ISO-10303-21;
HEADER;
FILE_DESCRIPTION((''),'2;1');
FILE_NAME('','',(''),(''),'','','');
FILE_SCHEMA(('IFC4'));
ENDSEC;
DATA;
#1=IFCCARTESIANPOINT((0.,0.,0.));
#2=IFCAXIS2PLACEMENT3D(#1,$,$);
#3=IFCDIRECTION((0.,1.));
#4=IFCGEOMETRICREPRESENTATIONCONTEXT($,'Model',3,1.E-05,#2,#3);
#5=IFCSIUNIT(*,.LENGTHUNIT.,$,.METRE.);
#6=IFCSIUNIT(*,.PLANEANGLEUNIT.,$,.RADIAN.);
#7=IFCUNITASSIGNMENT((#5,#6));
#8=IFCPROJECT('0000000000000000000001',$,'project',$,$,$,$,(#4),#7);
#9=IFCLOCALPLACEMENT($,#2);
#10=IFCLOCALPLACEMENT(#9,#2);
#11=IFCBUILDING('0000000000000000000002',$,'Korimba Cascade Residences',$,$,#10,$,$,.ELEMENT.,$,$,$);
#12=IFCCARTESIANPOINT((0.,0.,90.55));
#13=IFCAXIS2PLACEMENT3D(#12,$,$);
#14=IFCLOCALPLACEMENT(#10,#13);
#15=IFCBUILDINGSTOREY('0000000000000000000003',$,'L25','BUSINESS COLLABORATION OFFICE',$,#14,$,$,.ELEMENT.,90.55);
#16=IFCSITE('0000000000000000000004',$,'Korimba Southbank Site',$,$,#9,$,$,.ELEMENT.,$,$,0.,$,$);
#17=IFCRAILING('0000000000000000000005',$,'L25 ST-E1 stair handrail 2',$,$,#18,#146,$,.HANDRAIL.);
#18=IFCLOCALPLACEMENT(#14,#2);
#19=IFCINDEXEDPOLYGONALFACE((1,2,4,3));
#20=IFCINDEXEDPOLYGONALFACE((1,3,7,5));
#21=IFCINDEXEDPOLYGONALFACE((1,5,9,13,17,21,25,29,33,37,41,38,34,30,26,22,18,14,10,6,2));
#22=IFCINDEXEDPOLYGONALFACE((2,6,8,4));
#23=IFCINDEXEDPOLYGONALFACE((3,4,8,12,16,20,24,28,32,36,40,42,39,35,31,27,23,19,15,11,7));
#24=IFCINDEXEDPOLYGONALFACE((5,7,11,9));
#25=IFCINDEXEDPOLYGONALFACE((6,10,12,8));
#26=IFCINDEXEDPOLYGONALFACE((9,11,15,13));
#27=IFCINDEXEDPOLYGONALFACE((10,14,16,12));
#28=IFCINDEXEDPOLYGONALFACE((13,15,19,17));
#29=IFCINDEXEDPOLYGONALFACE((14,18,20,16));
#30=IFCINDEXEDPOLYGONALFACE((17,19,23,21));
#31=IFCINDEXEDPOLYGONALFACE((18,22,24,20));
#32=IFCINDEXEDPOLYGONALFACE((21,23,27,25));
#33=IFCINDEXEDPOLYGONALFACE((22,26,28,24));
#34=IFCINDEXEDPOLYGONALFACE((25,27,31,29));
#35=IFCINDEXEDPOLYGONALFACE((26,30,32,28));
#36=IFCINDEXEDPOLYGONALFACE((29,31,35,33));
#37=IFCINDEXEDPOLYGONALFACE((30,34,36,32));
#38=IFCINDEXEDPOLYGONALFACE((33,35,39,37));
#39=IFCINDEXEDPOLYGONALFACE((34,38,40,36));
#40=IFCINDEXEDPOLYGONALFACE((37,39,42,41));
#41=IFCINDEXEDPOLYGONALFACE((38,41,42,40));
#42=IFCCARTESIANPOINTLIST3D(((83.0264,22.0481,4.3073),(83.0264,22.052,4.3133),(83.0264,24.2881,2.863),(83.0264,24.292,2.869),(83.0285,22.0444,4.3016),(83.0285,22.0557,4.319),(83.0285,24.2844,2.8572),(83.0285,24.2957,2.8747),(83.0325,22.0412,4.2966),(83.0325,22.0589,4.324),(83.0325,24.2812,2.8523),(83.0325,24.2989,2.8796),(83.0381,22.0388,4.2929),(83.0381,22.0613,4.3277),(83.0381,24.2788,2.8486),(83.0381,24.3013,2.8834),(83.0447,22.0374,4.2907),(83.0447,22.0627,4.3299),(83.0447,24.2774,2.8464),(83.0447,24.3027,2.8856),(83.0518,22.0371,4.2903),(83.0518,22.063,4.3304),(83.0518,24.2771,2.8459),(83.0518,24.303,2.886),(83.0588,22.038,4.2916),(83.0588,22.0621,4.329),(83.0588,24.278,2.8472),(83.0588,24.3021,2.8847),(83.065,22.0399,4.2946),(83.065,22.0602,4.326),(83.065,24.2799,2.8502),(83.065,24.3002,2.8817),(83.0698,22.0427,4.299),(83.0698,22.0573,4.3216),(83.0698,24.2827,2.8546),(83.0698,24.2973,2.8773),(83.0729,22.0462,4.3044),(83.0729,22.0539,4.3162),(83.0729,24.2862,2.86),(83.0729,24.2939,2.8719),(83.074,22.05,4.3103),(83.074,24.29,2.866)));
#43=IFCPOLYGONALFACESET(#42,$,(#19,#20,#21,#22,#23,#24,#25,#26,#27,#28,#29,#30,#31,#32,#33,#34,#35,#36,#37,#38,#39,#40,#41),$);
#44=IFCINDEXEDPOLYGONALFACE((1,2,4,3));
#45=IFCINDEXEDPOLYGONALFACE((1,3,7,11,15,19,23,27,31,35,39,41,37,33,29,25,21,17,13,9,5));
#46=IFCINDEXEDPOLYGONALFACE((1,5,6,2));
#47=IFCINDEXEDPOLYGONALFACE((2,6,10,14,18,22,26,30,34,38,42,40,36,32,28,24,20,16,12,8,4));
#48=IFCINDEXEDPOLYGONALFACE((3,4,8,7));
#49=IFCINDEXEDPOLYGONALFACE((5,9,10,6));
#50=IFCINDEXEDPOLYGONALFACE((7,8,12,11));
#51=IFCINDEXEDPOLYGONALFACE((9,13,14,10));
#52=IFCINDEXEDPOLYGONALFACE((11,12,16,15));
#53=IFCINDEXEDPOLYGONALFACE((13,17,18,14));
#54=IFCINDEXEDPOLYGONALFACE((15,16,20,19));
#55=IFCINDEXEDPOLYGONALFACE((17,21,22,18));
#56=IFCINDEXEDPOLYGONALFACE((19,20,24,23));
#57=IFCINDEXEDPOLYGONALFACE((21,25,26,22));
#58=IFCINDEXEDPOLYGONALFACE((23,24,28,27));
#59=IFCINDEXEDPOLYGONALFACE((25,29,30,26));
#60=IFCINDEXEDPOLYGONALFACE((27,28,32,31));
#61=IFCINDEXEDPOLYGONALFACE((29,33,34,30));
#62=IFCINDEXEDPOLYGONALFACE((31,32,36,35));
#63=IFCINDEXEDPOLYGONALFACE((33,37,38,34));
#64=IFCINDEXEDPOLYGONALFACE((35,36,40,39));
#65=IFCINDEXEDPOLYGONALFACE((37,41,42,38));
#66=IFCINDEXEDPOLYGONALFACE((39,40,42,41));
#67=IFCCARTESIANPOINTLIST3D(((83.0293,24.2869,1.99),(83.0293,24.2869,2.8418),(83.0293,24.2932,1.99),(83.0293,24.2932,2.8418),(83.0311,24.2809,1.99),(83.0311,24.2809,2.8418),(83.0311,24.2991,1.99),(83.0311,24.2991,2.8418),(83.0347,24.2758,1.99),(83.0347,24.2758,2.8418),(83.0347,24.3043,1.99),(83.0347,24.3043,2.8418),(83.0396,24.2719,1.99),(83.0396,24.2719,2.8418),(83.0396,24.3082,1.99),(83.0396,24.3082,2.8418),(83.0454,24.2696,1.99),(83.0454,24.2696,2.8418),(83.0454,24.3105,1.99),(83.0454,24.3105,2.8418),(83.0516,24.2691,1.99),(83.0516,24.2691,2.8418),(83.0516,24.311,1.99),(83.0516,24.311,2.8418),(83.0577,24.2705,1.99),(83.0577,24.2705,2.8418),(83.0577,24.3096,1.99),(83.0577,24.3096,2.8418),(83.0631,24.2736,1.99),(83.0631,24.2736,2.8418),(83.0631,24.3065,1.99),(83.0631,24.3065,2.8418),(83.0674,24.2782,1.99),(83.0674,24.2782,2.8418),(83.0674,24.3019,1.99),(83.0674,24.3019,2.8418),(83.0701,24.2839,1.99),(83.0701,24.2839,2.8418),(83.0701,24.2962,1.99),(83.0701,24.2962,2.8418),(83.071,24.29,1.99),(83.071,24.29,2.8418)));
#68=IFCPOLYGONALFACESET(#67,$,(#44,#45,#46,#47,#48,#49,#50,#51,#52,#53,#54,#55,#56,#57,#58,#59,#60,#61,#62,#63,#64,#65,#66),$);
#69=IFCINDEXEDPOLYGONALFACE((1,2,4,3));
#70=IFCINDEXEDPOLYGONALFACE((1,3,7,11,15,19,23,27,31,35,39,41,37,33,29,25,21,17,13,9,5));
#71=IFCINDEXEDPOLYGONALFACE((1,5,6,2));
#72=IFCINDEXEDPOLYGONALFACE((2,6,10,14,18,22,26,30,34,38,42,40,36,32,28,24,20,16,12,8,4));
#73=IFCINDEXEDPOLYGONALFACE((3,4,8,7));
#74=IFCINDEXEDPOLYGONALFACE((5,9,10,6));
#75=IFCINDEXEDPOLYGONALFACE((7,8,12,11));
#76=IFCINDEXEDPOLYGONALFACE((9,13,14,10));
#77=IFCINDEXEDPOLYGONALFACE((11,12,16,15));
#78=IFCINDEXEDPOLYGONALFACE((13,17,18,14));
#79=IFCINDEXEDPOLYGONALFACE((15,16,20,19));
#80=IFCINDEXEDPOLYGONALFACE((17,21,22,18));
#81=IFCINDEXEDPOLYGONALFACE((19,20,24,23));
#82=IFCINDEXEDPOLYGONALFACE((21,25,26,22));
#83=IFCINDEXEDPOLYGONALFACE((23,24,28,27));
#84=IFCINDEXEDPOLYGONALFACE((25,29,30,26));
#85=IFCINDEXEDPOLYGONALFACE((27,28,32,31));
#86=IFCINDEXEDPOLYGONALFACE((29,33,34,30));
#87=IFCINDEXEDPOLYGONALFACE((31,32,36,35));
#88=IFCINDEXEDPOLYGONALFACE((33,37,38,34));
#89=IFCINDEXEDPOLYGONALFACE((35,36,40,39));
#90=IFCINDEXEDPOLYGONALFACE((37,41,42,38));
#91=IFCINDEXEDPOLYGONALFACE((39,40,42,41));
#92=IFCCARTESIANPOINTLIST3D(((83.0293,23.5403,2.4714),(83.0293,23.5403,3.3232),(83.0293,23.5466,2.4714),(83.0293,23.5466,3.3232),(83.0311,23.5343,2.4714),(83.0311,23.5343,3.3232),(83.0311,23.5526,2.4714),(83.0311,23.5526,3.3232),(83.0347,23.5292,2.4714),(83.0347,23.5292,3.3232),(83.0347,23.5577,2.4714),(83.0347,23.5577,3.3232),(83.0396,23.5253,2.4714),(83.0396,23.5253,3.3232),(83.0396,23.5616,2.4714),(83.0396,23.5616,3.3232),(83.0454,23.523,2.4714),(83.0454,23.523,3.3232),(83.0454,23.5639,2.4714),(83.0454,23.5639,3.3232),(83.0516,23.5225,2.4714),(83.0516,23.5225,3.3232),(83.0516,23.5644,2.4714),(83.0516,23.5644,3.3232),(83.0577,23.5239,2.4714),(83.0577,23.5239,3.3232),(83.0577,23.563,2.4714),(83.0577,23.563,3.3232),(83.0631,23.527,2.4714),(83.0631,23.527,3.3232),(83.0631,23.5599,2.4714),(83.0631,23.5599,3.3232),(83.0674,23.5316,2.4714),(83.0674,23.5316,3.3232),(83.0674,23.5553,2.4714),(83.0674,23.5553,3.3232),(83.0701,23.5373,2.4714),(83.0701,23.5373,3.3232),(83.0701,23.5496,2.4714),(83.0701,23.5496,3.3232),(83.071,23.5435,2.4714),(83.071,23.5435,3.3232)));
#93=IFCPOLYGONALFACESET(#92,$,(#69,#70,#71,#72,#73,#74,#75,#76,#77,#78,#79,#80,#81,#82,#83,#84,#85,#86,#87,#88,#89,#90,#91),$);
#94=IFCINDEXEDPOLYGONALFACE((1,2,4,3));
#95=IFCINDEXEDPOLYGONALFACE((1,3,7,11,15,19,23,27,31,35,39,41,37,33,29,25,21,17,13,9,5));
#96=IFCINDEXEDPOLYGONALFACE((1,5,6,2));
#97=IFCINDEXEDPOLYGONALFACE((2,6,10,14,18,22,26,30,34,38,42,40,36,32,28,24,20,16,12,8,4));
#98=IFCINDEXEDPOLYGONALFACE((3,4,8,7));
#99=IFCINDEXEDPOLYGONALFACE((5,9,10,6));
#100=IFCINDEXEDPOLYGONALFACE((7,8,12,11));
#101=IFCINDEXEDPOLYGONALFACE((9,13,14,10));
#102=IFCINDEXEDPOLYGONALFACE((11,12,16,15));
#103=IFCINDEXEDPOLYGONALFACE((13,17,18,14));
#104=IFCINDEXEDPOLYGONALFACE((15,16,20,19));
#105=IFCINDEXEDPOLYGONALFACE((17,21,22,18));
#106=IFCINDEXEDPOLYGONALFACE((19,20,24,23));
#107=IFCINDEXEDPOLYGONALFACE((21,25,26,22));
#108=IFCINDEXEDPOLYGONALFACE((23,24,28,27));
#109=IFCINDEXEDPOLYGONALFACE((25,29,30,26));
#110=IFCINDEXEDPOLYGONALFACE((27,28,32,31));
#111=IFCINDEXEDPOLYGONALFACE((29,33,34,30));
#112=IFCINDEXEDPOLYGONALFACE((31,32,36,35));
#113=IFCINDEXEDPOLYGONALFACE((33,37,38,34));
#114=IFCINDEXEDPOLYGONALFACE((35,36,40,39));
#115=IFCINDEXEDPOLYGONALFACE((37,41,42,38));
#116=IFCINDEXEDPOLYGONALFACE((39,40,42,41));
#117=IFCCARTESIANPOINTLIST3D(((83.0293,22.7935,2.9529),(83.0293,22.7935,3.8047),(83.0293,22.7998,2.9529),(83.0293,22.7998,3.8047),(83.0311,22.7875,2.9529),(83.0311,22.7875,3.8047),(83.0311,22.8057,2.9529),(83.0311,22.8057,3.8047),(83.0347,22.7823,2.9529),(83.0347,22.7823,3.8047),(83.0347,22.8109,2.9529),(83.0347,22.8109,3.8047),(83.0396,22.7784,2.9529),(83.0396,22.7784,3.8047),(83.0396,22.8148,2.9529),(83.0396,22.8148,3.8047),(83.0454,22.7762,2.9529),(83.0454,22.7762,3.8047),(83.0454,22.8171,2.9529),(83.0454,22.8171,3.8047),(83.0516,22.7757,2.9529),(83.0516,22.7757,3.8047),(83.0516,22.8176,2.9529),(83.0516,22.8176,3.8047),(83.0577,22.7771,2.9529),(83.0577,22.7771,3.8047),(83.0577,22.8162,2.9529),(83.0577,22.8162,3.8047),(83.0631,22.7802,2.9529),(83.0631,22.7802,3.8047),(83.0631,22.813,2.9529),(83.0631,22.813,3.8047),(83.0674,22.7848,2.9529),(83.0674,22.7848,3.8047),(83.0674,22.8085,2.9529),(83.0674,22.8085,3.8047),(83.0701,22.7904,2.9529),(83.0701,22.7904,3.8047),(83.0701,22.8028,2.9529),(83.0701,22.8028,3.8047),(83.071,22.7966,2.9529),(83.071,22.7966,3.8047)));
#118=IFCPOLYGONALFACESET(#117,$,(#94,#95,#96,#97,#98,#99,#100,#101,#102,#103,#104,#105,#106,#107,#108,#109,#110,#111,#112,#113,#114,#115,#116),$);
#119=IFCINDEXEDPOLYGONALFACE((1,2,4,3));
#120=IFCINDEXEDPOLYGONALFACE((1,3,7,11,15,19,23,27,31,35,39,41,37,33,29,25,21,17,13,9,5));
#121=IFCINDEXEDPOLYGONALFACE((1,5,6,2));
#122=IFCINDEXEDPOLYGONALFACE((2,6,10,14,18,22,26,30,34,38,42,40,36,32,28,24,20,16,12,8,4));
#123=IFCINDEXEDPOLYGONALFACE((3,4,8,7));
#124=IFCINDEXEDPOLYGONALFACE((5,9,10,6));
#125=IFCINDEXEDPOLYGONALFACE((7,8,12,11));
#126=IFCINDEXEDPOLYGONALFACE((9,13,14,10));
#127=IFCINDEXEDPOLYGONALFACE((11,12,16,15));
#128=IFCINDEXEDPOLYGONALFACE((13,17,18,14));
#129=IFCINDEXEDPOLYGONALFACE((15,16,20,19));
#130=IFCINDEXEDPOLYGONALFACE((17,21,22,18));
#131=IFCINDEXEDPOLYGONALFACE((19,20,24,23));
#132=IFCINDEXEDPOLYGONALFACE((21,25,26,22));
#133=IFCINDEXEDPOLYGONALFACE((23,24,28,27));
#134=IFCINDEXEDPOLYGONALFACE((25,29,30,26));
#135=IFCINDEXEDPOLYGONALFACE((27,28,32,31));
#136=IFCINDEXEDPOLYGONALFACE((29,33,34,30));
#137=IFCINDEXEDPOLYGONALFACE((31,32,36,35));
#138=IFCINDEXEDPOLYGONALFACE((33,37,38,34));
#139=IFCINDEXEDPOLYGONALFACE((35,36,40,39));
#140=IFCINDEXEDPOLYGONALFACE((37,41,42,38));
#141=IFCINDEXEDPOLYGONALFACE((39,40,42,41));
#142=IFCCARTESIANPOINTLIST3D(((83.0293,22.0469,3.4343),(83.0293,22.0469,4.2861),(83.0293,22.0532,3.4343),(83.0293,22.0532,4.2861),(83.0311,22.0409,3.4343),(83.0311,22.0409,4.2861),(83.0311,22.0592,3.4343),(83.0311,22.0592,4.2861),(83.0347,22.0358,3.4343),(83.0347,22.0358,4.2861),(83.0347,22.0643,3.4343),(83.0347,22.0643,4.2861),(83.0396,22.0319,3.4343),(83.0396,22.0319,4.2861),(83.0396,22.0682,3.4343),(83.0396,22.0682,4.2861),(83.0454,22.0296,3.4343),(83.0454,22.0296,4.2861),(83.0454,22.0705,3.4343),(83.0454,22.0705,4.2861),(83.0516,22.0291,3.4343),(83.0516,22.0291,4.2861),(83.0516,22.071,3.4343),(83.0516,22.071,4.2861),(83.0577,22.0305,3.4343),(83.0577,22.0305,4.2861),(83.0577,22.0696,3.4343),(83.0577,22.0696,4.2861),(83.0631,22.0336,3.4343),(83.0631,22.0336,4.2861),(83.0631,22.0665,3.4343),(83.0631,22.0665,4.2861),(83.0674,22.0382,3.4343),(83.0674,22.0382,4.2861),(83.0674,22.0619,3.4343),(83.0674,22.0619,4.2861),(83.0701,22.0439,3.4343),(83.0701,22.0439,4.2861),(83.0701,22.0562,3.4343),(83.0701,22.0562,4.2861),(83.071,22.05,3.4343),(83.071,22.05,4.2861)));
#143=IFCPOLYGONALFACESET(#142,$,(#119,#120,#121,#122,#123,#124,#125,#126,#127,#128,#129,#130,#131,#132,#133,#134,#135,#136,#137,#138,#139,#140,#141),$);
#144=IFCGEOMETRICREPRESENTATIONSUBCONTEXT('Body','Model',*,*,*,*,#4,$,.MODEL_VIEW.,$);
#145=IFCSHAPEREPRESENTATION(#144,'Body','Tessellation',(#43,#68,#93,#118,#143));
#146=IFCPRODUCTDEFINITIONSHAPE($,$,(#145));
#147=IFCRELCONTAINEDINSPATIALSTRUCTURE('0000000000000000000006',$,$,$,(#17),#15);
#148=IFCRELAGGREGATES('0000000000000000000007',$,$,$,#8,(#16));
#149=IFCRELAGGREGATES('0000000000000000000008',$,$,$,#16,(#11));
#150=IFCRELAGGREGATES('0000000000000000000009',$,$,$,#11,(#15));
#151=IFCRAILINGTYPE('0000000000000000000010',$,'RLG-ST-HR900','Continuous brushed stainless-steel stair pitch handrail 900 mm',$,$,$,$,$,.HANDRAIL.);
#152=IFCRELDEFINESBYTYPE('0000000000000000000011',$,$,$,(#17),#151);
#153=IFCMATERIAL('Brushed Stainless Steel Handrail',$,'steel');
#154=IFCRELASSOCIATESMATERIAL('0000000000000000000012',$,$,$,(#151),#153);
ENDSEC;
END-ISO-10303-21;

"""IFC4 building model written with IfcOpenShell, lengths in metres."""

from ifc_helpers import new_model, si_unit, direction, frame, origin, origin_2d, place, context, subcontext, project, spatial, circle, extrude, material, type_object, element, save


model = new_model("IFC4")

# Units and contexts
model_context = context("Model", 3, precision=1e-05, world=origin(), true_north=direction((0.0, 1.0)))
body_context = subcontext(model_context, "Body", "Model", "MODEL_VIEW")
ifc_project = project(units=[si_unit("LENGTHUNIT", "METRE"), si_unit("PLANEANGLEUNIT", "RADIAN")], contexts=[model_context])

# Site, building, storey
site_placement = place(None, origin())
site = spatial("IfcSite", under=ifc_project, at=site_placement, Name="Korimba Southbank Site", CompositionType="ELEMENT", RefElevation=0.0)
building_placement = place(site_placement, origin())
building = spatial("IfcBuilding", under=site, at=building_placement, Name="Korimba Cascade Residences", CompositionType="ELEMENT")
storey_placement = place(building_placement, frame((0.0, 0.0, 90.55)))
storey = spatial("IfcBuildingStorey", under=building, at=storey_placement, Name="L25", Description="BUSINESS COLLABORATION OFFICE", CompositionType="ELEMENT", Elevation=90.55)

# Railing
ifc_material_1 = material(Name="Brushed Stainless Steel Handrail", Category="steel")
railing_type_1 = type_object("IfcRailingType", Name="RLG-ST-HR900", Description="Continuous brushed stainless-steel stair pitch handrail 900 mm", PredefinedType="HANDRAIL", material=ifc_material_1)
railing_1_placement = place(storey_placement, frame((83.05, 24.29, 1.99)))
element("IfcRailing", 1, at=railing_1_placement, inside=storey, type_object=railing_type_1, Name="L25 ST-E1 stair handrail 2", PredefinedType="HANDRAIL", context=body_context, shape_type="SweptSolid", body=[
    extrude(circle(Radius=0.0239, at=origin_2d()), frame((0.0, 0.0, 0.876), z_axis=(0.0, -0.840437, 0.54191), x_axis=(1.0, 0.0, 0.0)), (0.0, 0.0, 1.0), 2.6653),
    extrude(circle(Radius=0.021, at=origin_2d()), origin(), (0.0, 0.0, 1.0), 0.8518),
    extrude(circle(Radius=0.021, at=origin_2d()), frame((0.0, -0.7466, 0.4814)), (0.0, 0.0, 1.0), 0.8518),
    extrude(circle(Radius=0.021, at=origin_2d()), frame((0.0, -1.4934, 0.9629)), (0.0, 0.0, 1.0), 0.8518),
    extrude(circle(Radius=0.021, at=origin_2d()), frame((0.0, -2.24, 1.4443)), (0.0, 0.0, 1.0), 0.8518),
])

save(model, "model.ifc")
